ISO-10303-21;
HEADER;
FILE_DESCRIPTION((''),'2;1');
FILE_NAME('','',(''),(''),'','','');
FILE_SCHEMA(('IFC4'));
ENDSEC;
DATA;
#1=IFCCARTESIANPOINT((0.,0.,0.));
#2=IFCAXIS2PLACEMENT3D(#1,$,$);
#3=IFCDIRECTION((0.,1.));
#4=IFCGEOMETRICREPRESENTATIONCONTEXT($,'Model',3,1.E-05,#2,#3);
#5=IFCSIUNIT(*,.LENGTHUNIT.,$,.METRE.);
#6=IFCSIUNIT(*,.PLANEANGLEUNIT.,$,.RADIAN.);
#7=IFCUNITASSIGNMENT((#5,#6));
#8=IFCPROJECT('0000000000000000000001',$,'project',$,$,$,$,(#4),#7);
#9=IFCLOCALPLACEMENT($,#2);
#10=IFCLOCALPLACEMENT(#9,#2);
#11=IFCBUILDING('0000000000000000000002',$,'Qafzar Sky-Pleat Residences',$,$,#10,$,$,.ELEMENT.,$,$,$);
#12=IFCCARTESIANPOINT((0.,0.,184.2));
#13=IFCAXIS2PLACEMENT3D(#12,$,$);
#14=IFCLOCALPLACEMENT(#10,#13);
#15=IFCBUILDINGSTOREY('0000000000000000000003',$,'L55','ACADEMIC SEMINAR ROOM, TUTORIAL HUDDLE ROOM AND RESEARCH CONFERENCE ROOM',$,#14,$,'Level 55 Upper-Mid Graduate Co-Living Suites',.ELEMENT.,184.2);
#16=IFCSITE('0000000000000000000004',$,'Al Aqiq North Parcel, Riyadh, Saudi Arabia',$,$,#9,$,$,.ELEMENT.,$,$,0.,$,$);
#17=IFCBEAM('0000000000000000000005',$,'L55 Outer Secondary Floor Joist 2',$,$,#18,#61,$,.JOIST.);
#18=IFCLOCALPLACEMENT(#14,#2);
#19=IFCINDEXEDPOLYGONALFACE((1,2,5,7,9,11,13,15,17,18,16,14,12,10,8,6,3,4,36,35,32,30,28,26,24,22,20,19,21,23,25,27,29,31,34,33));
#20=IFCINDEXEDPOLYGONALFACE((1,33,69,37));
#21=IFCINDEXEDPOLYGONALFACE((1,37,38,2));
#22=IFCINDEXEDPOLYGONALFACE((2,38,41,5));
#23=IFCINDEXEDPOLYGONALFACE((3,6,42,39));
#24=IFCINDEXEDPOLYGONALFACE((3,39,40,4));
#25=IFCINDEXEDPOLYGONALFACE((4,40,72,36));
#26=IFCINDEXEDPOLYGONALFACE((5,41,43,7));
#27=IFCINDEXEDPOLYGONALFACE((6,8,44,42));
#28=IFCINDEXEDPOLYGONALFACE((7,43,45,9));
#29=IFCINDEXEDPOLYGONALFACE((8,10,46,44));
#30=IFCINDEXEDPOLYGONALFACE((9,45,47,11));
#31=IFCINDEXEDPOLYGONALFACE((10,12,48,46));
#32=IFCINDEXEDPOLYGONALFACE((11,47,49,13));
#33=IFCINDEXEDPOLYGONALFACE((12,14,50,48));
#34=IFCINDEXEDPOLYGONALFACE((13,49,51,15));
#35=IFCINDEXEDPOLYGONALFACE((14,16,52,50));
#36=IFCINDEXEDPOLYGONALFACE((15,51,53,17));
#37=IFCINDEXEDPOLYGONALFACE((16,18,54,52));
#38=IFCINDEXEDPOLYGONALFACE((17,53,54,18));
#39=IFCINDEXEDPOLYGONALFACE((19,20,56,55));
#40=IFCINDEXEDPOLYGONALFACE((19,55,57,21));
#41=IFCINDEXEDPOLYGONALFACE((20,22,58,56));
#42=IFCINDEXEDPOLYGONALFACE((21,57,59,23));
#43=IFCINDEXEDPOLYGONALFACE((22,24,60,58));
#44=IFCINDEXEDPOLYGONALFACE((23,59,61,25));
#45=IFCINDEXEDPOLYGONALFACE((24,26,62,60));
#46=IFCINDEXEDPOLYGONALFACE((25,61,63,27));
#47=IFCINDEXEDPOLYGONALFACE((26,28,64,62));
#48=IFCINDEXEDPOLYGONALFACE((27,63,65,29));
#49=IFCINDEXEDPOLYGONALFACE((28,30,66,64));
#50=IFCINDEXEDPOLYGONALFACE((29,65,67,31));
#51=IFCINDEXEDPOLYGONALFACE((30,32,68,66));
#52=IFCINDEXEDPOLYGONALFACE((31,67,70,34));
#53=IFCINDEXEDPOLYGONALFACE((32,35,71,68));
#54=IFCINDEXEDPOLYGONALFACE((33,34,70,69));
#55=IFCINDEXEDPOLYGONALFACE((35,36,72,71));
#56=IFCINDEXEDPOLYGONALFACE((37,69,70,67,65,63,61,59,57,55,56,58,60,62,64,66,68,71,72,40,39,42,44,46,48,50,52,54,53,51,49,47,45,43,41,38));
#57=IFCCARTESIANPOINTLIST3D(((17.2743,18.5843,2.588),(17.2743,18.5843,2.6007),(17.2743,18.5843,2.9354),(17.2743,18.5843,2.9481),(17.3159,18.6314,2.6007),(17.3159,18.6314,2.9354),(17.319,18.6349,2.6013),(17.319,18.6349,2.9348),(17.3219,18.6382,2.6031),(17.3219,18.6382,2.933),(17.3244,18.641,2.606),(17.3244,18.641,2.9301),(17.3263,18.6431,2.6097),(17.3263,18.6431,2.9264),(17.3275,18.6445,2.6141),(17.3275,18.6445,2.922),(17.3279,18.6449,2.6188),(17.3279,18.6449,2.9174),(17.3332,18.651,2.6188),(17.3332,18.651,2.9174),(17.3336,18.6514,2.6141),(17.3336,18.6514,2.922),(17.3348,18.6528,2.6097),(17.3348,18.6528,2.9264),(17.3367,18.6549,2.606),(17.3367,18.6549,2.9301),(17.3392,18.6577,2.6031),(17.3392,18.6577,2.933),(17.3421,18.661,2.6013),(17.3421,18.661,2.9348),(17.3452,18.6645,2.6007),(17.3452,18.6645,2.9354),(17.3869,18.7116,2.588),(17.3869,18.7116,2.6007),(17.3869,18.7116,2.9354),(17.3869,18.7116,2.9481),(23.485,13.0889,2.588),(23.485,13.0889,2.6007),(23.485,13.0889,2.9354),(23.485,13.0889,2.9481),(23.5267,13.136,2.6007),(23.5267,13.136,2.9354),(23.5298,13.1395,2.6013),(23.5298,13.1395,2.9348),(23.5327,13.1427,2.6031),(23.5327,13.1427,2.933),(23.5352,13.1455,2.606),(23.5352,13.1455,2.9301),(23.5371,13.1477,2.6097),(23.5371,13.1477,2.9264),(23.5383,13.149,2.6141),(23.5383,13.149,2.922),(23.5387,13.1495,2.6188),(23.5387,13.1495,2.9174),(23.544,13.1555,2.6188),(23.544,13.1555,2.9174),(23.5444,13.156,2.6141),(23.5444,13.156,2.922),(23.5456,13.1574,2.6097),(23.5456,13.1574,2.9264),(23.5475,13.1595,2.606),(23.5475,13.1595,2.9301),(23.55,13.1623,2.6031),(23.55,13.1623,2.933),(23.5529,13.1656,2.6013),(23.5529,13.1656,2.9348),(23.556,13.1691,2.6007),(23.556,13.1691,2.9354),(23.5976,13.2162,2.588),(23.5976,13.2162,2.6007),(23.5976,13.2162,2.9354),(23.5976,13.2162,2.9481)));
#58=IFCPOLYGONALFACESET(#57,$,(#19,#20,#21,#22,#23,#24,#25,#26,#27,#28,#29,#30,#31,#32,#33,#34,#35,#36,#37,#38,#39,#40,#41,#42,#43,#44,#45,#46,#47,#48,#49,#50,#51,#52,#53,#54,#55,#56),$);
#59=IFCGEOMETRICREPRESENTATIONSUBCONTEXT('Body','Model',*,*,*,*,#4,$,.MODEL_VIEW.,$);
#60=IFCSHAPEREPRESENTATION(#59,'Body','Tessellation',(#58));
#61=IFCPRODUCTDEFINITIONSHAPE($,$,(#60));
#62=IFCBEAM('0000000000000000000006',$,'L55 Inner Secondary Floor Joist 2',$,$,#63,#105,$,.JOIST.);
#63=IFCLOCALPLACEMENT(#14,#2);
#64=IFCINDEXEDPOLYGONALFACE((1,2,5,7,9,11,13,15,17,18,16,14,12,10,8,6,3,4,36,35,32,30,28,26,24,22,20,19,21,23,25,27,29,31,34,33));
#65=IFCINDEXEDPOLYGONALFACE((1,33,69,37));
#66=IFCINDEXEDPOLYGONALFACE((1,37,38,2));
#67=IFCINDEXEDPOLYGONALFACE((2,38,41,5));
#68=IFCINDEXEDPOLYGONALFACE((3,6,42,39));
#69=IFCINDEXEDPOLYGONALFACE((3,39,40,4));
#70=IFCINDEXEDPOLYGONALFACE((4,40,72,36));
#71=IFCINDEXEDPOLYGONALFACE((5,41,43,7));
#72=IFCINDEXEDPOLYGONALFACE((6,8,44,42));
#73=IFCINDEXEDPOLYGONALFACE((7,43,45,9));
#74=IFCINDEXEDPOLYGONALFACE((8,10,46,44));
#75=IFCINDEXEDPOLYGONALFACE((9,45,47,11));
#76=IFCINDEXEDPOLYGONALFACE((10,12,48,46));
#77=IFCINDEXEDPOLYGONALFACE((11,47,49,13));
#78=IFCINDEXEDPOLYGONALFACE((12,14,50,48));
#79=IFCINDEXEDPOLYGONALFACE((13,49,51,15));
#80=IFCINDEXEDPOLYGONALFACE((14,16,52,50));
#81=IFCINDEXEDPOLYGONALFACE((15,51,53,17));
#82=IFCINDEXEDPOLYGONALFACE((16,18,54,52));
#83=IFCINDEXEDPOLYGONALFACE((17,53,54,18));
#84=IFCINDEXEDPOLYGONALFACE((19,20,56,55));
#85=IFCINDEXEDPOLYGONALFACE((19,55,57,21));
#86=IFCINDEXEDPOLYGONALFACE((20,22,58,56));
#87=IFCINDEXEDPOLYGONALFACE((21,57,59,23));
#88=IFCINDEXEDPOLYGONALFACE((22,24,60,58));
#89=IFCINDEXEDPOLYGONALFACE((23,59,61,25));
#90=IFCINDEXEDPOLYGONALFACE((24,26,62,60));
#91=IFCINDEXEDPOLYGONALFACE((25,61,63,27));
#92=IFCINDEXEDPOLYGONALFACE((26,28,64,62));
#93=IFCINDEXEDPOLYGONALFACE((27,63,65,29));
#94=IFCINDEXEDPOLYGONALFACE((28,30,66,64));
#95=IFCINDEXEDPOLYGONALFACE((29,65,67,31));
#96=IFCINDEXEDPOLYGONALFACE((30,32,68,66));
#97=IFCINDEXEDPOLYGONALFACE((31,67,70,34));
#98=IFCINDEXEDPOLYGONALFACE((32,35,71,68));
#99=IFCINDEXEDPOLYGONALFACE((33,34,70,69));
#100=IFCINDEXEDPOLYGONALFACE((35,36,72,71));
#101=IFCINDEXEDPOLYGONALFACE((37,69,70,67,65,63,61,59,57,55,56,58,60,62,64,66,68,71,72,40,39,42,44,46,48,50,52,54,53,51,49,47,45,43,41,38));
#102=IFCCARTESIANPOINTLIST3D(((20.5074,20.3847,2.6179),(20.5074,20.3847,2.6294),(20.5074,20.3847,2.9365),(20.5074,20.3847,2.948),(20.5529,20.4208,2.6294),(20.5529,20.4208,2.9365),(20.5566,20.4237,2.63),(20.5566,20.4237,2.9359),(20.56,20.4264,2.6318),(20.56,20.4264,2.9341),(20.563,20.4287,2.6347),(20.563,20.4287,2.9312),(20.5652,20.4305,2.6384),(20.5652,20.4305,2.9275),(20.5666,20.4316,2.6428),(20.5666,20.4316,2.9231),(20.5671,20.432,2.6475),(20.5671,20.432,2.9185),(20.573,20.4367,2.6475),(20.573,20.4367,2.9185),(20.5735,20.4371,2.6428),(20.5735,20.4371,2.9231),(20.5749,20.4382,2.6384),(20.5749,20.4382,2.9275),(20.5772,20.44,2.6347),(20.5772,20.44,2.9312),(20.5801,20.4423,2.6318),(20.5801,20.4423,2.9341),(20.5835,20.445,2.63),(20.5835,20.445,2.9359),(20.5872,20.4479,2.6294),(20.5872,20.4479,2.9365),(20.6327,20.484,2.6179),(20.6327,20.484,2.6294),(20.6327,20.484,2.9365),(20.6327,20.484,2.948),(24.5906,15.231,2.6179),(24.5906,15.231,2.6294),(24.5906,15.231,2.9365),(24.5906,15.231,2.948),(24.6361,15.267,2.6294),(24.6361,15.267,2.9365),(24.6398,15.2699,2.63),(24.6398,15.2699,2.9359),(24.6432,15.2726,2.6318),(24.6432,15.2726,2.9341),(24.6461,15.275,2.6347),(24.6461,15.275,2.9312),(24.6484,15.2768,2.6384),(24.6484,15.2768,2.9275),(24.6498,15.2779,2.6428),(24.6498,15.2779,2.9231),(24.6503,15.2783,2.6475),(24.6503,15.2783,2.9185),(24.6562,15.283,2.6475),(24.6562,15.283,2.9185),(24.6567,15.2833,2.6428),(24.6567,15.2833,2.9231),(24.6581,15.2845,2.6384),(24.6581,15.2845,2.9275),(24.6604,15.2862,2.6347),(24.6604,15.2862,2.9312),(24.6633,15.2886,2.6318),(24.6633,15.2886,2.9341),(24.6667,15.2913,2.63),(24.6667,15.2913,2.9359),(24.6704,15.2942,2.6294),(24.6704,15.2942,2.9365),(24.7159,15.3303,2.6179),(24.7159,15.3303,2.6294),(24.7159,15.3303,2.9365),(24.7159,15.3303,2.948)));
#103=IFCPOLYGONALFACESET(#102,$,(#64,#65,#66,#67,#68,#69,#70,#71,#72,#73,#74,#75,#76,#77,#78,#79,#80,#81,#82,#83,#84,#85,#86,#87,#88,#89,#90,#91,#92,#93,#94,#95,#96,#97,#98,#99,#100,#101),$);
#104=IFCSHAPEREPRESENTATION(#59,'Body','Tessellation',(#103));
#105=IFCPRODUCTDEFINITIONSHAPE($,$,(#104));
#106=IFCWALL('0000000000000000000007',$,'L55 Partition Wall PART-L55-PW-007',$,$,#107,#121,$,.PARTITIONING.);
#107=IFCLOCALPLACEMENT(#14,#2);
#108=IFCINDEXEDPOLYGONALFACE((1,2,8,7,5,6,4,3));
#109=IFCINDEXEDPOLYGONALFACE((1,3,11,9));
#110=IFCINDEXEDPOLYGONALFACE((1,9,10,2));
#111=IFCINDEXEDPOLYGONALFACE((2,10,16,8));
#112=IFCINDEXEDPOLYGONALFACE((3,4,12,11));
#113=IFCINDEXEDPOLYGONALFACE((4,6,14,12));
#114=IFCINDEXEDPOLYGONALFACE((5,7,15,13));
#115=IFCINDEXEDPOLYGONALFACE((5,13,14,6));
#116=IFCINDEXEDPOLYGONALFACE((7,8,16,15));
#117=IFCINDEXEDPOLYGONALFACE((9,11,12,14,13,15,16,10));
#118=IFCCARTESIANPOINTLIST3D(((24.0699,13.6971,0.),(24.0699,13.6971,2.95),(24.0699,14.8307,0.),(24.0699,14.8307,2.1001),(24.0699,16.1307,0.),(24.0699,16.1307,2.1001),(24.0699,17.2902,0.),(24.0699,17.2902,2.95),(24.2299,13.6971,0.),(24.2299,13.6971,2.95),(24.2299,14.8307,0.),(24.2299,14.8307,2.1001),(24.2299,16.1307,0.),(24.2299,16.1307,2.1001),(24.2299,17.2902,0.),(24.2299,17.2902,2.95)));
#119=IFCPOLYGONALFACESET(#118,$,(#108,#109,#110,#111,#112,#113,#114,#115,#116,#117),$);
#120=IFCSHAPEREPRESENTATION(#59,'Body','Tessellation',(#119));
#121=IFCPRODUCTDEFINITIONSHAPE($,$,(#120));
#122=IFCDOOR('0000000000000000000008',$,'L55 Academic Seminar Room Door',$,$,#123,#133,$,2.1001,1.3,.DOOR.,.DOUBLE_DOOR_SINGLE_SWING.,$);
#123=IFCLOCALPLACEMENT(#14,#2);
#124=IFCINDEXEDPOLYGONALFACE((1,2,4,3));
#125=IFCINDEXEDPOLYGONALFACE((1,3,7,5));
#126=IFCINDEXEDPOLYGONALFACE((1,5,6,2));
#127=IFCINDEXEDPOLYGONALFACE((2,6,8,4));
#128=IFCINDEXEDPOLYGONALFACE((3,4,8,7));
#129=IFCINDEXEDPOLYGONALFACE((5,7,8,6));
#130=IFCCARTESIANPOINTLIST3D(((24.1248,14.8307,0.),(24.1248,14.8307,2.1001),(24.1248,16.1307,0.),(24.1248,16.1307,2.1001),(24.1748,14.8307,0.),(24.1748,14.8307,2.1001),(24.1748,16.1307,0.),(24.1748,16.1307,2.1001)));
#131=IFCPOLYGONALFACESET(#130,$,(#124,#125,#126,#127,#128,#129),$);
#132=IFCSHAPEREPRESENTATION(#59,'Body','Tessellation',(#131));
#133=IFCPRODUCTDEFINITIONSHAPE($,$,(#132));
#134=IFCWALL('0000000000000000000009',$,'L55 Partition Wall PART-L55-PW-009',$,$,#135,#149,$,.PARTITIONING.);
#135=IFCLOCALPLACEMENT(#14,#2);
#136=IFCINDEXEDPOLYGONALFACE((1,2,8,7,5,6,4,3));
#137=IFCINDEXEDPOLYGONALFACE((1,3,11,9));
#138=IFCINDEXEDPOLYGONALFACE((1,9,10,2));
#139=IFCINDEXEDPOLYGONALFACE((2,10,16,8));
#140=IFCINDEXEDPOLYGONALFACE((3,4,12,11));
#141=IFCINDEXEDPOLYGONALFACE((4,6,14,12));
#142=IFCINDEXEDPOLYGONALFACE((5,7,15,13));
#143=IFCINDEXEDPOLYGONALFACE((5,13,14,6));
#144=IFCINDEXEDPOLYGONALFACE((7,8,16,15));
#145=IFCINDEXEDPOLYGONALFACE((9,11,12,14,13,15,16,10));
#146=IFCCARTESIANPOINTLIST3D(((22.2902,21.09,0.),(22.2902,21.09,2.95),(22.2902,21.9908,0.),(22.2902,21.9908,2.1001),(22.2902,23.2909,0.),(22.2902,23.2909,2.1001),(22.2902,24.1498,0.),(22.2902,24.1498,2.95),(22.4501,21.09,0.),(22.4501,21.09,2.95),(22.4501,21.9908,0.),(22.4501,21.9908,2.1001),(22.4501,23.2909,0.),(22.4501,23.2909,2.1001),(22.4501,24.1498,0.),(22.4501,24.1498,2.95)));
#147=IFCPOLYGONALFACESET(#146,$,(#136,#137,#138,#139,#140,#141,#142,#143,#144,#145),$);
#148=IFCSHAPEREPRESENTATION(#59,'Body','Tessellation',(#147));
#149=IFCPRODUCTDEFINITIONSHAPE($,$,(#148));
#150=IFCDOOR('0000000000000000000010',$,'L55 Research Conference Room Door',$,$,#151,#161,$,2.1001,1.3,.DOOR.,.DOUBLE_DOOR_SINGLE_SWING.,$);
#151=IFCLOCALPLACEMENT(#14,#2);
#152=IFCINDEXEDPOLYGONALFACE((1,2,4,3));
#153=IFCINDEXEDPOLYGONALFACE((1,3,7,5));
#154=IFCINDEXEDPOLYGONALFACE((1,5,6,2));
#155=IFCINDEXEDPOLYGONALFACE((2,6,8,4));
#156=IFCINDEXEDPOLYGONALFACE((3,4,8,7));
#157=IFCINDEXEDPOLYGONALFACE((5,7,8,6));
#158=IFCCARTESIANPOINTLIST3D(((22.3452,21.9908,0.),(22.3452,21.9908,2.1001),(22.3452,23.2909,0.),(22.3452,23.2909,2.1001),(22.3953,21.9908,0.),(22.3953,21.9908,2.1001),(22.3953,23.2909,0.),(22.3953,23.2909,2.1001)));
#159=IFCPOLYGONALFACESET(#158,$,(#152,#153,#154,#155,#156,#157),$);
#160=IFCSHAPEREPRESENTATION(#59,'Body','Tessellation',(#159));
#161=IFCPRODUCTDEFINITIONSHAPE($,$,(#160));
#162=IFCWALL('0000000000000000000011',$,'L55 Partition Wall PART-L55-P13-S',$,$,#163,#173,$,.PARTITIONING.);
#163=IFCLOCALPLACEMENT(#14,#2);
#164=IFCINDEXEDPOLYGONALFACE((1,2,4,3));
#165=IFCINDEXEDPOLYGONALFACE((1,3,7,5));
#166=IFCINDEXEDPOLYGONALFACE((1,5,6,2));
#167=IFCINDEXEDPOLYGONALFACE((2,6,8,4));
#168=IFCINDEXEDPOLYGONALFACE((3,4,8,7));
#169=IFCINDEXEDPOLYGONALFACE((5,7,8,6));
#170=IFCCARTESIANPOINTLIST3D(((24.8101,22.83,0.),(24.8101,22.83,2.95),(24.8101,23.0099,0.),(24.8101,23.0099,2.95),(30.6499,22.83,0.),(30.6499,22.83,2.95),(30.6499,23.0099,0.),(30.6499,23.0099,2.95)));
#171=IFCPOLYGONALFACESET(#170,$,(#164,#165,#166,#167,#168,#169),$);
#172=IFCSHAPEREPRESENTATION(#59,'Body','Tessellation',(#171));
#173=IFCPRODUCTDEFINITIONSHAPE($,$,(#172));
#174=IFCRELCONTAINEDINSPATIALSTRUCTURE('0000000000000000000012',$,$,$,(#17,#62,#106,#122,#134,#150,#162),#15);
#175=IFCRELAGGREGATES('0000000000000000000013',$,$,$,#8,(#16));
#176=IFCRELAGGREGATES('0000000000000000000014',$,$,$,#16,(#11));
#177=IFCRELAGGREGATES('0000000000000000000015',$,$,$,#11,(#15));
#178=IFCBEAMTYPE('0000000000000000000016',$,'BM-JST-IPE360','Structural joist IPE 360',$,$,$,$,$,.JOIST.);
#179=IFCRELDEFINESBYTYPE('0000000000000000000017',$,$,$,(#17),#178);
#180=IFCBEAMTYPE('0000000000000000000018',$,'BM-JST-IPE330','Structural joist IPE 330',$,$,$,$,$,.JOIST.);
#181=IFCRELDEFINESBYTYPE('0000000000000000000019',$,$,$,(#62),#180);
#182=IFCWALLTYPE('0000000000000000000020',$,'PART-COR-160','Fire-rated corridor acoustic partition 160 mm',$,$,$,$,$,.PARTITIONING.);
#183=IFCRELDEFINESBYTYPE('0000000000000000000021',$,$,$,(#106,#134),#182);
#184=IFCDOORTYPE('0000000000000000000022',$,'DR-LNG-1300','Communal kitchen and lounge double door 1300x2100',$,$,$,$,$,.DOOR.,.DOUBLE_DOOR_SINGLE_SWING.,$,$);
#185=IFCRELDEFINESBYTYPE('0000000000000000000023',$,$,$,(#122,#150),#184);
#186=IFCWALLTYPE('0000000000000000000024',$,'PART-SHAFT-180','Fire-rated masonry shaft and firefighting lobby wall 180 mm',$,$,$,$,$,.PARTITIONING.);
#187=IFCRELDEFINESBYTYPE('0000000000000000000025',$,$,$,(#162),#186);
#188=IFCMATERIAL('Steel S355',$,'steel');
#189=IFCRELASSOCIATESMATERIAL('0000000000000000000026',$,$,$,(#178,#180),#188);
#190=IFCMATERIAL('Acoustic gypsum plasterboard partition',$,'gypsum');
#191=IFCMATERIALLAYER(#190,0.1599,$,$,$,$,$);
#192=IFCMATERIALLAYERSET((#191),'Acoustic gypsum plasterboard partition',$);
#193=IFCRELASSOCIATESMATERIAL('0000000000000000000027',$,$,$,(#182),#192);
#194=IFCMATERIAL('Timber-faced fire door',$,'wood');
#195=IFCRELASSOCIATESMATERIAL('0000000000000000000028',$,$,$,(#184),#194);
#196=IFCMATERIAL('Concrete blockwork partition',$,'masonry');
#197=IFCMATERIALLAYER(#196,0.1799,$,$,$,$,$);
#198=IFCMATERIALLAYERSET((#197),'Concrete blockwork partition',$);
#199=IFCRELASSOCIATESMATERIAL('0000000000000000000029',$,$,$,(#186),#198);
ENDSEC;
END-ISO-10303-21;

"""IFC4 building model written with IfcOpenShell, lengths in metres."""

from ifc_helpers import new_model, si_unit, direction, frame, frame_2d, origin, origin_2d, place, context, subcontext, project, spatial, rectangle, i_section, extrude, source, transform, mapped, material, layer, layer_set, material_profile, profile_set, type_object, element, fill, save


model = new_model("IFC4")

# Units and contexts
model_context = context("Model", 3, precision=1e-05, world=origin(), true_north=direction((0.0, 1.0)))
body_context = subcontext(model_context, "Body", "Model", "MODEL_VIEW")
ifc_project = project(units=[si_unit("LENGTHUNIT", "METRE"), si_unit("PLANEANGLEUNIT", "RADIAN")], contexts=[model_context])

# Site, building, storey
site_placement = place(None, origin())
site = spatial("IfcSite", under=ifc_project, at=site_placement, Name="Al Aqiq North Parcel, Riyadh, Saudi Arabia", CompositionType="ELEMENT", RefElevation=0.0)
building_placement = place(site_placement, origin())
building = spatial("IfcBuilding", under=site, at=building_placement, Name="Qafzar Sky-Pleat Residences", CompositionType="ELEMENT")
storey_placement = place(building_placement, frame((0.0, 0.0, 184.2)))
storey = spatial("IfcBuildingStorey", under=building, at=storey_placement, Name="L55", Description="ACADEMIC SEMINAR ROOM, TUTORIAL HUDDLE ROOM AND RESEARCH CONFERENCE ROOM", LongName="Level 55 Upper-Mid Graduate Co-Living Suites", CompositionType="ELEMENT", Elevation=184.2)

# Beams
ifc_material_1 = material(Name="Steel S355", Category="steel")
ifc_material_profile_1 = material_profile(ifc_material_1, i_section(OverallWidth=0.1699, OverallDepth=0.3601, WebThickness=0.0081, FlangeThickness=0.0127, FilletRadius=0.0181, at=origin_2d()), Name="IPE 360")
ifc_profile_set_1 = profile_set([ifc_material_profile_1], Name="Steel S355")
beam_type_1 = type_object("IfcBeamType", Name="BM-JST-IPE360", Description="Structural joist IPE 360", PredefinedType="JOIST", material=ifc_profile_set_1)
shared_shape_1 = source(origin(), body_context, "Body", "SweptSolid", [
    extrude(i_section(OverallWidth=0.1699, OverallDepth=0.3601, WebThickness=0.0081, FlangeThickness=0.0127, FilletRadius=0.0181, at=origin_2d()), origin(), (0.0, 0.0, 1.0), 8.293),
])
beam_1_placement = place(storey_placement, frame((17.3306, 18.6479, 2.7681), z_axis=(0.74892, -0.662661, 0.0), x_axis=(0.662661, 0.74892, 0.0)))
element("IfcBeam", 1, at=beam_1_placement, inside=storey, type_object=beam_type_1, Name="L55 Outer Secondary Floor Joist 2", PredefinedType="JOIST", context=body_context, shape_type="MappedRepresentation", body=[
    mapped(shared_shape_1, transform((0.0, 0.0, 0.0), x_axis=(1.0, 0.0, 0.0), y_axis=(0.0, 1.0, 0.0), z_axis=(0.0, 0.0, 1.0), scale=1.0)),
])
ifc_material_profile_2 = material_profile(ifc_material_1, i_section(OverallWidth=0.1599, OverallDepth=0.3301, WebThickness=0.0076, FlangeThickness=0.0115, FilletRadius=0.0181, at=origin_2d()), Name="IPE 330")
ifc_profile_set_2 = profile_set([ifc_material_profile_2], Name="Steel S355")
beam_type_2 = type_object("IfcBeamType", Name="BM-JST-IPE330", Description="Structural joist IPE 330", PredefinedType="JOIST", material=ifc_profile_set_2)
shared_shape_2 = source(origin(), body_context, "Body", "SweptSolid", [
    extrude(i_section(OverallWidth=0.1599, OverallDepth=0.3301, WebThickness=0.0076, FlangeThickness=0.0115, FilletRadius=0.0181, at=origin_2d()), origin(), (0.0, 0.0, 1.0), 6.5752),
])
beam_2_placement = place(storey_placement, frame((20.5701, 20.4343, 2.783), z_axis=(0.620998, -0.783812, 0.0), x_axis=(0.783812, 0.620998, 0.0)))
element("IfcBeam", 2, at=beam_2_placement, inside=storey, type_object=beam_type_2, Name="L55 Inner Secondary Floor Joist 2", PredefinedType="JOIST", context=body_context, shape_type="MappedRepresentation", body=[
    mapped(shared_shape_2, transform((0.0, 0.0, 0.0), x_axis=(1.0, 0.0, 0.0), y_axis=(0.0, 1.0, 0.0), z_axis=(0.0, 0.0, 1.0), scale=1.0)),
])

# Walls, openings, doors
ifc_material_2 = material(Name="Acoustic gypsum plasterboard partition", Category="gypsum")
ifc_layer_1 = layer(ifc_material_2, 0.1599)
ifc_layer_set_1 = layer_set([ifc_layer_1], Name="Acoustic gypsum plasterboard partition")
wall_type_1 = type_object("IfcWallType", Name="PART-COR-160", Description="Fire-rated corridor acoustic partition 160 mm", PredefinedType="PARTITIONING", material=ifc_layer_set_1)
wall_1_placement = place(storey_placement, frame((24.1499, 17.29, 0.0), z_axis=(0.0, 0.0, 1.0), x_axis=(0.0, -1.0, 0.0)))
wall_1 = element("IfcWall", 3, at=wall_1_placement, inside=storey, type_object=wall_type_1, Name="L55 Partition Wall PART-L55-PW-007", PredefinedType="PARTITIONING", context=body_context, shape_type="SweptSolid", body=[
    extrude(rectangle(XDim=3.593, YDim=0.1599, at=frame_2d((1.7964, 0.0))), origin(), (0.0, 0.0, 1.0), 2.95),
])
opening_1_placement = place(wall_1_placement, frame((1.1594, 0.0, 0.0)))
opening_1 = element("IfcOpeningElement", 4, at=opening_1_placement, cuts=wall_1, PredefinedType="OPENING", context=body_context, shape_type="SweptSolid", body=[
    extrude(rectangle(XDim=1.3, YDim=2.1001, at=frame_2d((0.6499, 1.05))), frame((0.0, 0.0898, 0.0), z_axis=(0.0, -1.0, 0.0), x_axis=(1.0, 0.0, 0.0)), (0.0, 0.0, 1.0), 0.1799),
])
ifc_material_3 = material(Name="Timber-faced fire door", Category="wood")
door_type_1 = type_object("IfcDoorType", Name="DR-LNG-1300", Description="Communal kitchen and lounge double door 1300x2100", OperationType="DOUBLE_DOOR_SINGLE_SWING", PredefinedType="DOOR", material=ifc_material_3)
shared_shape_3 = source(origin(), body_context, "Body", "SweptSolid", [
    extrude(rectangle(XDim=1.3, YDim=2.1001, at=frame_2d((0.6499, 1.05))), frame((0.0, 0.0249, 0.0), z_axis=(0.0, -1.0, 0.0), x_axis=(1.0, 0.0, 0.0)), (0.0, 0.0, 1.0), 0.05),
])
door_1_placement = place(opening_1_placement, origin())
door_1 = element("IfcDoor", 5, at=door_1_placement, inside=storey, type_object=door_type_1, Name="L55 Academic Seminar Room Door", OperationType="DOUBLE_DOOR_SINGLE_SWING", OverallHeight=2.1001, OverallWidth=1.3, PredefinedType="DOOR", context=body_context, shape_type="MappedRepresentation", body=[
    mapped(shared_shape_3, transform((0.0, 0.0, 0.0), x_axis=(1.0, 0.0, 0.0), y_axis=(0.0, 1.0, 0.0), z_axis=(0.0, 0.0, 1.0), scale=1.0)),
])
fill(opening_1, door_1)
wall_2_placement = place(storey_placement, frame((22.3701, 21.0901, 0.0), z_axis=(0.0, 0.0, 1.0), x_axis=(0.0, 1.0, 0.0)))
wall_2 = element("IfcWall", 6, at=wall_2_placement, inside=storey, type_object=wall_type_1, Name="L55 Partition Wall PART-L55-PW-009", PredefinedType="PARTITIONING", context=body_context, shape_type="SweptSolid", body=[
    extrude(rectangle(XDim=3.0598, YDim=0.1599, at=frame_2d((1.5298, 0.0))), origin(), (0.0, 0.0, 1.0), 2.95),
])
opening_2_placement = place(wall_2_placement, frame((0.9009, 0.0, 0.0)))
opening_2 = element("IfcOpeningElement", 7, at=opening_2_placement, cuts=wall_2, PredefinedType="OPENING", context=body_context, shape_type="SweptSolid", body=[
    extrude(rectangle(XDim=1.3, YDim=2.1001, at=frame_2d((0.6499, 1.05))), frame((0.0, 0.0898, 0.0), z_axis=(0.0, -1.0, 0.0), x_axis=(1.0, 0.0, 0.0)), (0.0, 0.0, 1.0), 0.1799),
])
door_2_placement = place(opening_2_placement, origin())
door_2 = element("IfcDoor", 8, at=door_2_placement, inside=storey, type_object=door_type_1, Name="L55 Research Conference Room Door", OperationType="DOUBLE_DOOR_SINGLE_SWING", OverallHeight=2.1001, OverallWidth=1.3, PredefinedType="DOOR", context=body_context, shape_type="MappedRepresentation", body=[
    mapped(shared_shape_3, transform((0.0, 0.0, 0.0), x_axis=(1.0, 0.0, 0.0), y_axis=(0.0, 1.0, 0.0), z_axis=(0.0, 0.0, 1.0), scale=1.0)),
])
fill(opening_2, door_2)

# Wall
ifc_material_4 = material(Name="Concrete blockwork partition", Category="masonry")
ifc_layer_2 = layer(ifc_material_4, 0.1799)
ifc_layer_set_2 = layer_set([ifc_layer_2], Name="Concrete blockwork partition")
wall_type_2 = type_object("IfcWallType", Name="PART-SHAFT-180", Description="Fire-rated masonry shaft and firefighting lobby wall 180 mm", PredefinedType="PARTITIONING", material=ifc_layer_set_2)
wall_3_placement = place(storey_placement, frame((24.8101, 22.9199, 0.0), z_axis=(0.0, 0.0, 1.0), x_axis=(1.0, 0.0, 0.0)))
element("IfcWall", 9, at=wall_3_placement, inside=storey, type_object=wall_type_2, Name="L55 Partition Wall PART-L55-P13-S", PredefinedType="PARTITIONING", context=body_context, shape_type="SweptSolid", body=[
    extrude(rectangle(XDim=5.8398, YDim=0.1799, at=frame_2d((2.9199, 0.0))), origin(), (0.0, 0.0, 1.0), 2.95),
])

save(model, "model.ifc")
